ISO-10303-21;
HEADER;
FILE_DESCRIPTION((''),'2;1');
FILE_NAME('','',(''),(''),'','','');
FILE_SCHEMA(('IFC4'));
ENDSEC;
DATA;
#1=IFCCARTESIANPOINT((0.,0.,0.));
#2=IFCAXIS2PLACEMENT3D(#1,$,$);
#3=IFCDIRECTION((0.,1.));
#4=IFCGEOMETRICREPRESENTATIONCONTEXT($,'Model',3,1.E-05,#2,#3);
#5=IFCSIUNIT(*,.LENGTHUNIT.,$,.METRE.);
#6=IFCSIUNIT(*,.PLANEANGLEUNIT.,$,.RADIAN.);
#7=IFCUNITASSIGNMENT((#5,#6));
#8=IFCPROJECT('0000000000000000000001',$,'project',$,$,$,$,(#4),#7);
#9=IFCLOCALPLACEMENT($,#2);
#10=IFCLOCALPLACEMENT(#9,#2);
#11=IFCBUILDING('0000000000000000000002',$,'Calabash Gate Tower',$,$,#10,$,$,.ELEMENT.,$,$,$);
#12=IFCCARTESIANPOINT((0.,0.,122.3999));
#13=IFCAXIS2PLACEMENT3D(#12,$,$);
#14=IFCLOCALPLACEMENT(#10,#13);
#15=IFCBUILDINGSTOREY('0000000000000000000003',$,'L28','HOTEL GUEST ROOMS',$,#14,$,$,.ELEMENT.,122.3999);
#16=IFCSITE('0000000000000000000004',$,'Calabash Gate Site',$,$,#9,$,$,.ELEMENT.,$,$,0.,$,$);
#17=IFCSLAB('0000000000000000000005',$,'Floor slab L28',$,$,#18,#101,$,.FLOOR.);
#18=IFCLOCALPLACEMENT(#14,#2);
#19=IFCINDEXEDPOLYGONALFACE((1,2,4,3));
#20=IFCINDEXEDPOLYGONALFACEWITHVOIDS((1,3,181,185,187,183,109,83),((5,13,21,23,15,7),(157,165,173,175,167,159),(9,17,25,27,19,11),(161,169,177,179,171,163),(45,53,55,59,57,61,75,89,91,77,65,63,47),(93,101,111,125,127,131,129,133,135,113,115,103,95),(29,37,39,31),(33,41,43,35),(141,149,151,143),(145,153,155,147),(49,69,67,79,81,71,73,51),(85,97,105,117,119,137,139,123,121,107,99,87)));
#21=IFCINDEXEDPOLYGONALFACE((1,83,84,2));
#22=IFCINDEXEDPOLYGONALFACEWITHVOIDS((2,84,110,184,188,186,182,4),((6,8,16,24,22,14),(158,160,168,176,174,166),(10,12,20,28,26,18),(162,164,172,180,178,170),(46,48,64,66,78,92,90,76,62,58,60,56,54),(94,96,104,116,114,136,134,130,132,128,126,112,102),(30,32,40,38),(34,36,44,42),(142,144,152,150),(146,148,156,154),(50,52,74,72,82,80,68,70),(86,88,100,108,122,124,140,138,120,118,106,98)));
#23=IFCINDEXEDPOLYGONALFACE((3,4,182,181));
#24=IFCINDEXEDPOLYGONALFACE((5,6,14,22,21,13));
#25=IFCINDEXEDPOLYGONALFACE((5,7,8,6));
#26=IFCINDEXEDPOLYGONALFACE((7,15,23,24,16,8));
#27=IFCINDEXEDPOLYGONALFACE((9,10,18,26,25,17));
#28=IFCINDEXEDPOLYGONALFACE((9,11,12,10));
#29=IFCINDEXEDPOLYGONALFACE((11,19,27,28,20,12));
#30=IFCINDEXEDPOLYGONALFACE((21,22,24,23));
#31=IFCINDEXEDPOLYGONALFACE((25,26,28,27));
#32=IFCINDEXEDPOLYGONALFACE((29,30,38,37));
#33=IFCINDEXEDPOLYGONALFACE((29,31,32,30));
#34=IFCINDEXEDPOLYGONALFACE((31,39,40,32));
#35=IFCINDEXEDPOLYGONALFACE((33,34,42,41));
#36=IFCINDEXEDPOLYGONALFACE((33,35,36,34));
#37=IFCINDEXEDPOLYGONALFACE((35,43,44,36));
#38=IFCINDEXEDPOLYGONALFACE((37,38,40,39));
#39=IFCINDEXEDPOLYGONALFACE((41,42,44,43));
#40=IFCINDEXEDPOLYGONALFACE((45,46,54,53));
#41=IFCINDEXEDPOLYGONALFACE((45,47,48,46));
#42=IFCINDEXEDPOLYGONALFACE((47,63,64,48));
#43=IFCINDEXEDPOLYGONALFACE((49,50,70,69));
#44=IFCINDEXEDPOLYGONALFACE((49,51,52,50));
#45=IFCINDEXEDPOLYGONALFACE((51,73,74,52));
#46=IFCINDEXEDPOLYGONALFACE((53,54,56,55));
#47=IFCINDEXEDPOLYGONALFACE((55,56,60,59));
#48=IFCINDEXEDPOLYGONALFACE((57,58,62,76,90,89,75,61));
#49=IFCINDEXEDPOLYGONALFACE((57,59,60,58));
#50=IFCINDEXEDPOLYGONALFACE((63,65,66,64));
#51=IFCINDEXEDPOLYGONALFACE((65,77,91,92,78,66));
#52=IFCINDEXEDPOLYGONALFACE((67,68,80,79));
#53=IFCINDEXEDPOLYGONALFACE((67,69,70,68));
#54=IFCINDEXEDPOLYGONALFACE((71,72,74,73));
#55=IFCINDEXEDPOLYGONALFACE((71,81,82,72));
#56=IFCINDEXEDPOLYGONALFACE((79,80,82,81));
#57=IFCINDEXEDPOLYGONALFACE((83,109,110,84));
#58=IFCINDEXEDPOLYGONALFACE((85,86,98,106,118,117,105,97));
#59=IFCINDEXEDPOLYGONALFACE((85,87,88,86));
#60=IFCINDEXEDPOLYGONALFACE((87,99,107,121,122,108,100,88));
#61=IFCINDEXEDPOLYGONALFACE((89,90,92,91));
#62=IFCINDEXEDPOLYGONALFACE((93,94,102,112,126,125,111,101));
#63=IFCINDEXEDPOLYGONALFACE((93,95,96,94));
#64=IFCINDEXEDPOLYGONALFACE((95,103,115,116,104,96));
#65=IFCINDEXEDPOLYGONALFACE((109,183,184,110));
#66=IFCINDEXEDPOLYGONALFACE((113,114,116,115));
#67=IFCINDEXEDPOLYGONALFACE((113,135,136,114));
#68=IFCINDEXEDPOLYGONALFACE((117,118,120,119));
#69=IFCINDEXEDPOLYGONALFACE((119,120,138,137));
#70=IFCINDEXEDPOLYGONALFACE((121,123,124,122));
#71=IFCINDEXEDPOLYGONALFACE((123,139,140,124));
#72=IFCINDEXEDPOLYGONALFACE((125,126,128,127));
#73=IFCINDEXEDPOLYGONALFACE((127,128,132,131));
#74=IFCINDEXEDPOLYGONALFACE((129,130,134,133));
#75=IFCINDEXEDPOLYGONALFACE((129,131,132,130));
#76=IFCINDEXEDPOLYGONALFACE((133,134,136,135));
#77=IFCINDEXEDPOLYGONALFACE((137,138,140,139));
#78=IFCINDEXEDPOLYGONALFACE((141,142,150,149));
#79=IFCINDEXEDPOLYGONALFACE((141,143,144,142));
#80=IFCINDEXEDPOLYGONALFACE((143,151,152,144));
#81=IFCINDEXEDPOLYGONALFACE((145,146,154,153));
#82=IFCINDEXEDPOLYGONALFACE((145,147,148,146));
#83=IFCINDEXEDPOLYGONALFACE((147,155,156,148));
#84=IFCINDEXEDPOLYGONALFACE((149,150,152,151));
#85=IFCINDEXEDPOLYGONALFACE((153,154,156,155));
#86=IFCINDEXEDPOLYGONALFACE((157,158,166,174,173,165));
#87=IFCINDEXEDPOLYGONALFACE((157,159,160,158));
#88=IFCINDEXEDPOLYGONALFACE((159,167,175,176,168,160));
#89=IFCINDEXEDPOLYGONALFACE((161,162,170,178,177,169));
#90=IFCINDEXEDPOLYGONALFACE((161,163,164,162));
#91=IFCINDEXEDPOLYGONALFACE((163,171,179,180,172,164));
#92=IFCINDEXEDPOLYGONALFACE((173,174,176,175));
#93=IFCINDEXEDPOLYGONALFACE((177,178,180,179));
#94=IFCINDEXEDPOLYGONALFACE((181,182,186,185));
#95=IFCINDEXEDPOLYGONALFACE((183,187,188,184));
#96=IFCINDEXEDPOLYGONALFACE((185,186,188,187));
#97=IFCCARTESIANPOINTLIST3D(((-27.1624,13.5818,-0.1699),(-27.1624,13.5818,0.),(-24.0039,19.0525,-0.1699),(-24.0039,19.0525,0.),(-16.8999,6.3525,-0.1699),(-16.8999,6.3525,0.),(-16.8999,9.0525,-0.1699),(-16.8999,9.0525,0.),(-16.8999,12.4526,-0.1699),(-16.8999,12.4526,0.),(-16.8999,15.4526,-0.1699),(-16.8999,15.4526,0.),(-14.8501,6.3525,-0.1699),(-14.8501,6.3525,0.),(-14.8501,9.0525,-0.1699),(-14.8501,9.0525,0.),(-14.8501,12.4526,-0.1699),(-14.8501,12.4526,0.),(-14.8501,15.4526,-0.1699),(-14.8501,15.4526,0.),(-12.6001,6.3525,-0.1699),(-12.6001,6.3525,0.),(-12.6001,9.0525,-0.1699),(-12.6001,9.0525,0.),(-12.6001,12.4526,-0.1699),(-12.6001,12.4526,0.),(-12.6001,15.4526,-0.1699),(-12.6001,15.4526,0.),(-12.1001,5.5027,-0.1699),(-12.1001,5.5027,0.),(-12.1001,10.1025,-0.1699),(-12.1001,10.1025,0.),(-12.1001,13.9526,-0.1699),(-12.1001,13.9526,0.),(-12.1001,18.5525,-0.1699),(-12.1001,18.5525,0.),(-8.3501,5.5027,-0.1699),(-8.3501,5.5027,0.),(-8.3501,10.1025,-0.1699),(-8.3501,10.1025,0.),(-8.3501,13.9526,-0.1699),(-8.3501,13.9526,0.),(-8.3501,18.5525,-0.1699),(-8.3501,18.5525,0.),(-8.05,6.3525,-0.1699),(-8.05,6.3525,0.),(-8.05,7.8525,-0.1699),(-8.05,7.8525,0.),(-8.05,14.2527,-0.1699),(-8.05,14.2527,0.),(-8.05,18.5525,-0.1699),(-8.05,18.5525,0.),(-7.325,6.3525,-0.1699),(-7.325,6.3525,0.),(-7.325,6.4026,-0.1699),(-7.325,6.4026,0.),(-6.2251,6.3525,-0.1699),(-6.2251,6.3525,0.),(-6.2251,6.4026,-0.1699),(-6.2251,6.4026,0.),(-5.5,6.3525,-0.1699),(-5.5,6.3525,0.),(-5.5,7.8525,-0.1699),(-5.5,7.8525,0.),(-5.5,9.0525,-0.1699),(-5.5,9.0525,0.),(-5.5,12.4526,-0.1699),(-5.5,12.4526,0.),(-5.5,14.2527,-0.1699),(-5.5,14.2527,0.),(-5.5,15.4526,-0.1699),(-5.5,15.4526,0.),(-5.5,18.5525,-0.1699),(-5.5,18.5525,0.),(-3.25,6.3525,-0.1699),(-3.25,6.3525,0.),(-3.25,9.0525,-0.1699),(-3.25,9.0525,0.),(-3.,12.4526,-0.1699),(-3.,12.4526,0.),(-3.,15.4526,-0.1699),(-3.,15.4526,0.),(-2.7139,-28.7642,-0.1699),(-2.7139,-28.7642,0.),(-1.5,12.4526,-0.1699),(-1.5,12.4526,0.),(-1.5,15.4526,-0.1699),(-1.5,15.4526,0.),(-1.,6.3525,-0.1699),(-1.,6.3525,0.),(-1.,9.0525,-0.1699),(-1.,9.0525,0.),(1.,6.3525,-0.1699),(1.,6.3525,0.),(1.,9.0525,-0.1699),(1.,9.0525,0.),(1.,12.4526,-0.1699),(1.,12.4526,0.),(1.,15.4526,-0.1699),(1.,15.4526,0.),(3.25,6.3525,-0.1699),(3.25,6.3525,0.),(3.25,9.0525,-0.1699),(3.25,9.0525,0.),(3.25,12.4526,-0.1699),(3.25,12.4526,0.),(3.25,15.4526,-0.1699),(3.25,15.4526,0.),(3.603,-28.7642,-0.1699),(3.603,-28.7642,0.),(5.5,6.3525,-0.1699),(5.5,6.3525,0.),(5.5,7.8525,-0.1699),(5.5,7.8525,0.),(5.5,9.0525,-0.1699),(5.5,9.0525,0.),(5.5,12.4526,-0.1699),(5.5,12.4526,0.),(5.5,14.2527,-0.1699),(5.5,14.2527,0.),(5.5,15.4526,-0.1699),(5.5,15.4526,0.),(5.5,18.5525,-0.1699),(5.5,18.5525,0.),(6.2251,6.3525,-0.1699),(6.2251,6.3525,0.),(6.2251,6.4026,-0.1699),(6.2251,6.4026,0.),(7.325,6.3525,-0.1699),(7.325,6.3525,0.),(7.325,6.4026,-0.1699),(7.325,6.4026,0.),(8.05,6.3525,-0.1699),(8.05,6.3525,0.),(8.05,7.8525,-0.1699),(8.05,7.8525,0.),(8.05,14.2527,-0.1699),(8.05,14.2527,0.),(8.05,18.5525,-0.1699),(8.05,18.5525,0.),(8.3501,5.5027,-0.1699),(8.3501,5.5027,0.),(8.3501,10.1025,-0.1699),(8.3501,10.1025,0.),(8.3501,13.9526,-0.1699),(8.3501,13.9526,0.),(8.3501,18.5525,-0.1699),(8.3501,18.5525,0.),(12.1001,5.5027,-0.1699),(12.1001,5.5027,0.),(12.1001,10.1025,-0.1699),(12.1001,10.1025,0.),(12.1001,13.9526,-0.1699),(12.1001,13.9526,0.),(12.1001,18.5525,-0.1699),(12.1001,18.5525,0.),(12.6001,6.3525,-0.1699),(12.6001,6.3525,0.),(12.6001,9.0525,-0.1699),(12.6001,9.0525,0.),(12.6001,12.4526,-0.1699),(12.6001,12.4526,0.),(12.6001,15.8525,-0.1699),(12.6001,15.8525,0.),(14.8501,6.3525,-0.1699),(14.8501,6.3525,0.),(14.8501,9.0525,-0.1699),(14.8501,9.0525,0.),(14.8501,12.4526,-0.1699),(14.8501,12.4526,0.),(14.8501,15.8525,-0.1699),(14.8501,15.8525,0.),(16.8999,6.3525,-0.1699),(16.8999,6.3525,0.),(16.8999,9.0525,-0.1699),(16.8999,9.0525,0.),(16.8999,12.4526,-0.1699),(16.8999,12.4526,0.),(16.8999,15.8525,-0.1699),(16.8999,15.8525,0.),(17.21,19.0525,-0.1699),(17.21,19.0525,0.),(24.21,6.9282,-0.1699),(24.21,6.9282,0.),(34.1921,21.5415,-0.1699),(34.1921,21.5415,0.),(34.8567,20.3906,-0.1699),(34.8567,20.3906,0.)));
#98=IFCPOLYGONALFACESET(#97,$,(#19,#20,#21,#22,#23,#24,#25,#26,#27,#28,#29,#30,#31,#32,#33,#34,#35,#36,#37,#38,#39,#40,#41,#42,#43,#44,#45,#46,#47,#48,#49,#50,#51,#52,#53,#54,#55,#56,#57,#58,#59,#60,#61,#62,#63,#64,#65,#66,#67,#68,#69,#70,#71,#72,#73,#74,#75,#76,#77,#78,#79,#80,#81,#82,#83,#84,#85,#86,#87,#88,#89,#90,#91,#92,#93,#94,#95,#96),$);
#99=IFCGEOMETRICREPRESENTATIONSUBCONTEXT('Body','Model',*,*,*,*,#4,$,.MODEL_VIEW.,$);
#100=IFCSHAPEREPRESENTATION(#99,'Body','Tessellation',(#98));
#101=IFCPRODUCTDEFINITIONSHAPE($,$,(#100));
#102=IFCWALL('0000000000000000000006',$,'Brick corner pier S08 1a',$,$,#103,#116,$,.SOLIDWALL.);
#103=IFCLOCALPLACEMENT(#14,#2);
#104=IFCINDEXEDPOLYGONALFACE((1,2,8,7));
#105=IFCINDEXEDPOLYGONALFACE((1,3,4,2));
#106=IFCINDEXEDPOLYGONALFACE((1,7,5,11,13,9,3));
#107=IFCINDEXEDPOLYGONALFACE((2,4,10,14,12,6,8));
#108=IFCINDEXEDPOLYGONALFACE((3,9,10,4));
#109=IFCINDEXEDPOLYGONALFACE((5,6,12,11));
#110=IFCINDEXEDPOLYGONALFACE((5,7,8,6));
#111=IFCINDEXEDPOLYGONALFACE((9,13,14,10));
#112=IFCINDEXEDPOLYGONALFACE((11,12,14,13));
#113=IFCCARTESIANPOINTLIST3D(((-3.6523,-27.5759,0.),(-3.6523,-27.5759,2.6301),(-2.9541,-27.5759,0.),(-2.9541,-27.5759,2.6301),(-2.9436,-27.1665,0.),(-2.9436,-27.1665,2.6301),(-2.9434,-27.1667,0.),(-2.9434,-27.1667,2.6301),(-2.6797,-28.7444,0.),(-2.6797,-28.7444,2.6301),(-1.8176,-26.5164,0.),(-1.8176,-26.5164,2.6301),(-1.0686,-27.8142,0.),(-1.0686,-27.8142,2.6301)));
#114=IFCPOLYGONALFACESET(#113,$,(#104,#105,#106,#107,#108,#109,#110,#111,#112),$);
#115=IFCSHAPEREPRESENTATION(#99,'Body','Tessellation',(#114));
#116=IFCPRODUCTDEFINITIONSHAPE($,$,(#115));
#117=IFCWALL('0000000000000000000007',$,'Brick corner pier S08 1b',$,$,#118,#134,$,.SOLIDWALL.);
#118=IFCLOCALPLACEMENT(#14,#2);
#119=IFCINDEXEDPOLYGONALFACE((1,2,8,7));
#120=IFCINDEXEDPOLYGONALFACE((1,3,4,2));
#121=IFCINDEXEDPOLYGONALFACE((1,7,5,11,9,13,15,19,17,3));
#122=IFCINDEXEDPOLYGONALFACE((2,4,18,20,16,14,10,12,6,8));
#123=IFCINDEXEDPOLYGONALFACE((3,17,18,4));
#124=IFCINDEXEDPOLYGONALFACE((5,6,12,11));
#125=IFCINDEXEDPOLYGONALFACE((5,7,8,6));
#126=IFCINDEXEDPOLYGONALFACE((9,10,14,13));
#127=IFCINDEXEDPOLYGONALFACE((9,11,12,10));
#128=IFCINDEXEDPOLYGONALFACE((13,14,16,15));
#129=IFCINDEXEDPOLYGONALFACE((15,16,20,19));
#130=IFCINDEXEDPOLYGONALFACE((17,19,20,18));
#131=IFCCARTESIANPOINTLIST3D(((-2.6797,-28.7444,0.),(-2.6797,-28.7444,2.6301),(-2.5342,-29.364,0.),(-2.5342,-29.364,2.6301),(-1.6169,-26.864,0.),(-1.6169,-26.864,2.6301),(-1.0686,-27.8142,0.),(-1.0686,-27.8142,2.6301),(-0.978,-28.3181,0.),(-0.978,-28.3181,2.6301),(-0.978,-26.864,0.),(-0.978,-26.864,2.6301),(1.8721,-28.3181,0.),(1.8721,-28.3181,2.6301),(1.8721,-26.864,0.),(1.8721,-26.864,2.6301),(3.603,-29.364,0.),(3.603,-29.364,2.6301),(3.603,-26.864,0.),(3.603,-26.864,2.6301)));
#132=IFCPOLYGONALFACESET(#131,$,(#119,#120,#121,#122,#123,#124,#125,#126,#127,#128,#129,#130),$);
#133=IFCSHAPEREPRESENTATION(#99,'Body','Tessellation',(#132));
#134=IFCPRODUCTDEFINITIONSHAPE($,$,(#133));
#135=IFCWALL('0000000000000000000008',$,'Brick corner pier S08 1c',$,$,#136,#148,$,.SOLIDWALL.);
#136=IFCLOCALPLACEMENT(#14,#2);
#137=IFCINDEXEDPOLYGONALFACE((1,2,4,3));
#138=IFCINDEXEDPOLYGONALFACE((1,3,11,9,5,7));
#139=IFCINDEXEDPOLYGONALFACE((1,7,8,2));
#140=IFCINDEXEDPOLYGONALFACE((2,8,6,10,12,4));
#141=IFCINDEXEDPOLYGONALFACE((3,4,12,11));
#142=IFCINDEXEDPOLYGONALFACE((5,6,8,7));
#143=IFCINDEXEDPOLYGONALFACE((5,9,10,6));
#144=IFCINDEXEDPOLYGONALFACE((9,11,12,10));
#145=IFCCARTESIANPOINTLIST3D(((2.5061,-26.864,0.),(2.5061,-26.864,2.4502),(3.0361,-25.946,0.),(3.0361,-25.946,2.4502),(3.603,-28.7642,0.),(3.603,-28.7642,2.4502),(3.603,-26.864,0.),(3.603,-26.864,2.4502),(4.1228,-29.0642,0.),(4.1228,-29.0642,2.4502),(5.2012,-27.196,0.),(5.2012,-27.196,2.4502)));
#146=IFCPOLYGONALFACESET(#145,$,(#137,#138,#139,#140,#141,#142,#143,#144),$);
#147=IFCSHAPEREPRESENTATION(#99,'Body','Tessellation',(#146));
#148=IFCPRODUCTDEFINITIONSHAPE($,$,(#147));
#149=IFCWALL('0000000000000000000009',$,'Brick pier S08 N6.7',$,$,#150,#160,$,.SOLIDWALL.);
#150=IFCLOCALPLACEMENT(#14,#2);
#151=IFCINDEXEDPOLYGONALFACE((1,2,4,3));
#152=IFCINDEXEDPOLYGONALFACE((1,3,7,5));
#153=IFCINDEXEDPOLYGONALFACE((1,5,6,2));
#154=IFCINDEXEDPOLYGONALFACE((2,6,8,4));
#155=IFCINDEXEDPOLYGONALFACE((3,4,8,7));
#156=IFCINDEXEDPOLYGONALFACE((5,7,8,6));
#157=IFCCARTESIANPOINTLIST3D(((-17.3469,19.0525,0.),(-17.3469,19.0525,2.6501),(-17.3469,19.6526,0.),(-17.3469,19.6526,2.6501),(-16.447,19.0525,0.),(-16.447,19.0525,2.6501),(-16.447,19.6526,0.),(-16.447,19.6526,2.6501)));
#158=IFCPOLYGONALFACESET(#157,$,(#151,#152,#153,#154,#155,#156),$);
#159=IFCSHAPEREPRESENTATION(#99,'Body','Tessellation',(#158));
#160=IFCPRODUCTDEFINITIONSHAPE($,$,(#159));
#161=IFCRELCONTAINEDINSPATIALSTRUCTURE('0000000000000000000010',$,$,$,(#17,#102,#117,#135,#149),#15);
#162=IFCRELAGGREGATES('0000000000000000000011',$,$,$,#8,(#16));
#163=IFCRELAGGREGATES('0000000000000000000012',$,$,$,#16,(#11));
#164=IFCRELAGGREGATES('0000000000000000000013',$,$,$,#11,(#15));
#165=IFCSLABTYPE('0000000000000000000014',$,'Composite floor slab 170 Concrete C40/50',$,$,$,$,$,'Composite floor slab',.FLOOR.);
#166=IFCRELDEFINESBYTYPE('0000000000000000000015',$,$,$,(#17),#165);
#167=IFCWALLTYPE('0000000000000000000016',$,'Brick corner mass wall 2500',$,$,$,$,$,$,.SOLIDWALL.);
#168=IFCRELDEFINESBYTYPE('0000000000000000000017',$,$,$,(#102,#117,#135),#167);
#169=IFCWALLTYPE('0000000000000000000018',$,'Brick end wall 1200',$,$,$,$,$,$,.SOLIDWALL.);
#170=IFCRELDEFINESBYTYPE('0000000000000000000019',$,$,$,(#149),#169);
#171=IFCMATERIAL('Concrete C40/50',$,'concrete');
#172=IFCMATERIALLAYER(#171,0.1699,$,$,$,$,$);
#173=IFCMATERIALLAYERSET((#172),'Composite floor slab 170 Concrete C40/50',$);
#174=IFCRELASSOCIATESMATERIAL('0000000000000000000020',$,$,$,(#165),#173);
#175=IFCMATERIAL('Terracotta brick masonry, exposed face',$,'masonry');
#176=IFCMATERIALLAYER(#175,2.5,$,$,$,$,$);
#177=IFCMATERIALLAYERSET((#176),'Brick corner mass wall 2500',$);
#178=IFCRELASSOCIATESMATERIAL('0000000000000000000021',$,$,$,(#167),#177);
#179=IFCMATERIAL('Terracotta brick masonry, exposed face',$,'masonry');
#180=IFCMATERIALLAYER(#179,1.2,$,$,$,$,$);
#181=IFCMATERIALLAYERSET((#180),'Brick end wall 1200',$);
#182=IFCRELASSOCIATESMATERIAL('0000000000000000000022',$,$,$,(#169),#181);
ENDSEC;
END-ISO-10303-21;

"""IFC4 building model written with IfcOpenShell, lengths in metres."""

from ifc_helpers import new_model, si_unit, direction, frame, origin, place, context, subcontext, project, spatial, polyline, outline, extrude, material, layer, layer_set, type_object, element, save


model = new_model("IFC4")

# Units and contexts
model_context = context("Model", 3, precision=1e-05, world=origin(), true_north=direction((0.0, 1.0)))
body_context = subcontext(model_context, "Body", "Model", "MODEL_VIEW")
ifc_project = project(units=[si_unit("LENGTHUNIT", "METRE"), si_unit("PLANEANGLEUNIT", "RADIAN")], contexts=[model_context])

# Site, building, storey
site_placement = place(None, origin())
site = spatial("IfcSite", under=ifc_project, at=site_placement, Name="Calabash Gate Site", CompositionType="ELEMENT", RefElevation=0.0)
building_placement = place(site_placement, origin())
building = spatial("IfcBuilding", under=site, at=building_placement, Name="Calabash Gate Tower", CompositionType="ELEMENT")
storey_placement = place(building_placement, frame((0.0, 0.0, 122.3999)))
storey = spatial("IfcBuildingStorey", under=building, at=storey_placement, Name="L28", Description="HOTEL GUEST ROOMS", CompositionType="ELEMENT", Elevation=122.3999)

# Slab
ifc_material_1 = material(Name="Concrete C40/50", Category="concrete")
ifc_layer_1 = layer(ifc_material_1, 0.1699)
ifc_layer_set_1 = layer_set([ifc_layer_1], Name="Composite floor slab 170 Concrete C40/50")
slab_type = type_object("IfcSlabType", Name="Composite floor slab 170 Concrete C40/50", ElementType="Composite floor slab", PredefinedType="FLOOR", material=ifc_layer_set_1)
slab_placement = place(storey_placement, frame((0.0, 0.0, -0.1699)))
element("IfcSlab", 1, at=slab_placement, inside=storey, type_object=slab_type, Name="Floor slab L28", PredefinedType="FLOOR", context=body_context, shape_type="SweptSolid", body=[
    extrude(outline(polyline([(-27.1624, 13.5818), (-24.0039, 19.0525), (17.21, 19.0525), (34.1921, 21.5415), (34.8567, 20.3906), (24.21, 6.9282), (3.603, -28.7642), (-2.7139, -28.7642), (-27.1624, 13.5818)]), holes=[polyline([(-5.5, 9.0525), (-5.5, 7.8525), (-8.05, 7.8525), (-8.05, 6.3525), (-7.325, 6.3525), (-7.325, 6.4026), (-6.2251, 6.4026), (-6.2251, 6.3525), (-5.5, 6.3525), (-3.25, 6.3525), (-1.0, 6.3525), (-1.0, 9.0525), (-3.25, 9.0525), (-5.5, 9.0525)]), polyline([(5.5, 9.0525), (3.25, 9.0525), (1.0, 9.0525), (1.0, 6.3525), (3.25, 6.3525), (5.5, 6.3525), (6.2251, 6.3525), (6.2251, 6.4026), (7.325, 6.4026), (7.325, 6.3525), (8.05, 6.3525), (8.05, 7.8525), (5.5, 7.8525), (5.5, 9.0525)]), polyline([(-5.5, 14.2527), (-5.5, 12.4526), (-3.0, 12.4526), (-3.0, 15.4526), (-5.5, 15.4526), (-5.5, 18.5525), (-8.05, 18.5525), (-8.05, 14.2527), (-5.5, 14.2527)]), polyline([(8.05, 18.5525), (5.5, 18.5525), (5.5, 15.4526), (3.25, 15.4526), (1.0, 15.4526), (-1.5, 15.4526), (-1.5, 12.4526), (1.0, 12.4526), (3.25, 12.4526), (5.5, 12.4526), (5.5, 14.2527), (8.05, 14.2527), (8.05, 18.5525)]), polyline([(-12.6001, 6.3525), (-12.6001, 9.0525), (-14.8501, 9.0525), (-16.8999, 9.0525), (-16.8999, 6.3525), (-14.8501, 6.3525), (-12.6001, 6.3525)]), polyline([(-14.8501, 12.4526), (-12.6001, 12.4526), (-12.6001, 15.4526), (-14.8501, 15.4526), (-16.8999, 15.4526), (-16.8999, 12.4526), (-14.8501, 12.4526)]), polyline([(14.8501, 6.3525), (16.8999, 6.3525), (16.8999, 9.0525), (14.8501, 9.0525), (12.6001, 9.0525), (12.6001, 6.3525), (14.8501, 6.3525)]), polyline([(14.8501, 12.4526), (16.8999, 12.4526), (16.8999, 15.8525), (14.8501, 15.8525), (12.6001, 15.8525), (12.6001, 12.4526), (14.8501, 12.4526)]), polyline([(-8.3501, 18.5525), (-12.1001, 18.5525), (-12.1001, 13.9526), (-8.3501, 13.9526), (-8.3501, 18.5525)]), polyline([(-12.1001, 10.1025), (-12.1001, 5.5027), (-8.3501, 5.5027), (-8.3501, 10.1025), (-12.1001, 10.1025)]), polyline([(8.3501, 13.9526), (12.1001, 13.9526), (12.1001, 18.5525), (8.3501, 18.5525), (8.3501, 13.9526)]), polyline([(12.1001, 5.5027), (12.1001, 10.1025), (8.3501, 10.1025), (8.3501, 5.5027), (12.1001, 5.5027)])]), origin(), (0.0, 0.0, 1.0), 0.1699),
])

# Walls
ifc_material_2 = material(Name="Terracotta brick masonry, exposed face", Category="masonry")
ifc_layer_2 = layer(ifc_material_2, 2.5)
ifc_layer_set_2 = layer_set([ifc_layer_2], Name="Brick corner mass wall 2500")
wall_type_1 = type_object("IfcWallType", Name="Brick corner mass wall 2500", PredefinedType="SOLIDWALL", material=ifc_layer_set_2)
wall_1_placement = place(storey_placement, origin())
element("IfcWall", 2, at=wall_1_placement, inside=storey, type_object=wall_type_1, Name="Brick corner pier S08 1a", PredefinedType="SOLIDWALL", context=body_context, shape_type="SweptSolid", body=[
    extrude(outline(polyline([(-1.0686, -27.8142), (-1.8176, -26.5164), (-2.9436, -27.1665), (-2.9434, -27.1667), (-3.6523, -27.5759), (-2.9541, -27.5759), (-2.6797, -28.7444), (-1.0686, -27.8142)])), origin(), (0.0, 0.0, 1.0), 2.6301),
])
wall_2_placement = place(storey_placement, origin())
element("IfcWall", 3, at=wall_2_placement, inside=storey, type_object=wall_type_1, Name="Brick corner pier S08 1b", PredefinedType="SOLIDWALL", context=body_context, shape_type="SweptSolid", body=[
    extrude(outline(polyline([(-0.978, -26.864), (-1.6169, -26.864), (-1.0686, -27.8142), (-2.6797, -28.7444), (-2.5342, -29.364), (3.603, -29.364), (3.603, -26.864), (1.8721, -26.864), (1.8721, -28.3181), (-0.978, -28.3181), (-0.978, -26.864)])), origin(), (0.0, 0.0, 1.0), 2.6301),
])
wall_3_placement = place(storey_placement, origin())
element("IfcWall", 4, at=wall_3_placement, inside=storey, type_object=wall_type_1, Name="Brick corner pier S08 1c", PredefinedType="SOLIDWALL", context=body_context, shape_type="SweptSolid", body=[
    extrude(outline(polyline([(5.2012, -27.196), (3.0361, -25.946), (2.5061, -26.864), (3.603, -26.864), (3.603, -28.7642), (4.1228, -29.0642), (5.2012, -27.196)])), origin(), (0.0, 0.0, 1.0), 2.4502),
])
ifc_material_3 = material(Name="Terracotta brick masonry, exposed face", Category="masonry")
ifc_layer_3 = layer(ifc_material_3, 1.2)
ifc_layer_set_3 = layer_set([ifc_layer_3], Name="Brick end wall 1200")
wall_type_2 = type_object("IfcWallType", Name="Brick end wall 1200", PredefinedType="SOLIDWALL", material=ifc_layer_set_3)
wall_4_placement = place(storey_placement, origin())
element("IfcWall", 5, at=wall_4_placement, inside=storey, type_object=wall_type_2, Name="Brick pier S08 N6.7", PredefinedType="SOLIDWALL", context=body_context, shape_type="SweptSolid", body=[
    extrude(outline(polyline([(-16.447, 19.0525), (-16.447, 19.6526), (-17.3469, 19.6526), (-17.3469, 19.0525), (-16.447, 19.0525)])), origin(), (0.0, 0.0, 1.0), 2.6501),
])

save(model, "model.ifc")
